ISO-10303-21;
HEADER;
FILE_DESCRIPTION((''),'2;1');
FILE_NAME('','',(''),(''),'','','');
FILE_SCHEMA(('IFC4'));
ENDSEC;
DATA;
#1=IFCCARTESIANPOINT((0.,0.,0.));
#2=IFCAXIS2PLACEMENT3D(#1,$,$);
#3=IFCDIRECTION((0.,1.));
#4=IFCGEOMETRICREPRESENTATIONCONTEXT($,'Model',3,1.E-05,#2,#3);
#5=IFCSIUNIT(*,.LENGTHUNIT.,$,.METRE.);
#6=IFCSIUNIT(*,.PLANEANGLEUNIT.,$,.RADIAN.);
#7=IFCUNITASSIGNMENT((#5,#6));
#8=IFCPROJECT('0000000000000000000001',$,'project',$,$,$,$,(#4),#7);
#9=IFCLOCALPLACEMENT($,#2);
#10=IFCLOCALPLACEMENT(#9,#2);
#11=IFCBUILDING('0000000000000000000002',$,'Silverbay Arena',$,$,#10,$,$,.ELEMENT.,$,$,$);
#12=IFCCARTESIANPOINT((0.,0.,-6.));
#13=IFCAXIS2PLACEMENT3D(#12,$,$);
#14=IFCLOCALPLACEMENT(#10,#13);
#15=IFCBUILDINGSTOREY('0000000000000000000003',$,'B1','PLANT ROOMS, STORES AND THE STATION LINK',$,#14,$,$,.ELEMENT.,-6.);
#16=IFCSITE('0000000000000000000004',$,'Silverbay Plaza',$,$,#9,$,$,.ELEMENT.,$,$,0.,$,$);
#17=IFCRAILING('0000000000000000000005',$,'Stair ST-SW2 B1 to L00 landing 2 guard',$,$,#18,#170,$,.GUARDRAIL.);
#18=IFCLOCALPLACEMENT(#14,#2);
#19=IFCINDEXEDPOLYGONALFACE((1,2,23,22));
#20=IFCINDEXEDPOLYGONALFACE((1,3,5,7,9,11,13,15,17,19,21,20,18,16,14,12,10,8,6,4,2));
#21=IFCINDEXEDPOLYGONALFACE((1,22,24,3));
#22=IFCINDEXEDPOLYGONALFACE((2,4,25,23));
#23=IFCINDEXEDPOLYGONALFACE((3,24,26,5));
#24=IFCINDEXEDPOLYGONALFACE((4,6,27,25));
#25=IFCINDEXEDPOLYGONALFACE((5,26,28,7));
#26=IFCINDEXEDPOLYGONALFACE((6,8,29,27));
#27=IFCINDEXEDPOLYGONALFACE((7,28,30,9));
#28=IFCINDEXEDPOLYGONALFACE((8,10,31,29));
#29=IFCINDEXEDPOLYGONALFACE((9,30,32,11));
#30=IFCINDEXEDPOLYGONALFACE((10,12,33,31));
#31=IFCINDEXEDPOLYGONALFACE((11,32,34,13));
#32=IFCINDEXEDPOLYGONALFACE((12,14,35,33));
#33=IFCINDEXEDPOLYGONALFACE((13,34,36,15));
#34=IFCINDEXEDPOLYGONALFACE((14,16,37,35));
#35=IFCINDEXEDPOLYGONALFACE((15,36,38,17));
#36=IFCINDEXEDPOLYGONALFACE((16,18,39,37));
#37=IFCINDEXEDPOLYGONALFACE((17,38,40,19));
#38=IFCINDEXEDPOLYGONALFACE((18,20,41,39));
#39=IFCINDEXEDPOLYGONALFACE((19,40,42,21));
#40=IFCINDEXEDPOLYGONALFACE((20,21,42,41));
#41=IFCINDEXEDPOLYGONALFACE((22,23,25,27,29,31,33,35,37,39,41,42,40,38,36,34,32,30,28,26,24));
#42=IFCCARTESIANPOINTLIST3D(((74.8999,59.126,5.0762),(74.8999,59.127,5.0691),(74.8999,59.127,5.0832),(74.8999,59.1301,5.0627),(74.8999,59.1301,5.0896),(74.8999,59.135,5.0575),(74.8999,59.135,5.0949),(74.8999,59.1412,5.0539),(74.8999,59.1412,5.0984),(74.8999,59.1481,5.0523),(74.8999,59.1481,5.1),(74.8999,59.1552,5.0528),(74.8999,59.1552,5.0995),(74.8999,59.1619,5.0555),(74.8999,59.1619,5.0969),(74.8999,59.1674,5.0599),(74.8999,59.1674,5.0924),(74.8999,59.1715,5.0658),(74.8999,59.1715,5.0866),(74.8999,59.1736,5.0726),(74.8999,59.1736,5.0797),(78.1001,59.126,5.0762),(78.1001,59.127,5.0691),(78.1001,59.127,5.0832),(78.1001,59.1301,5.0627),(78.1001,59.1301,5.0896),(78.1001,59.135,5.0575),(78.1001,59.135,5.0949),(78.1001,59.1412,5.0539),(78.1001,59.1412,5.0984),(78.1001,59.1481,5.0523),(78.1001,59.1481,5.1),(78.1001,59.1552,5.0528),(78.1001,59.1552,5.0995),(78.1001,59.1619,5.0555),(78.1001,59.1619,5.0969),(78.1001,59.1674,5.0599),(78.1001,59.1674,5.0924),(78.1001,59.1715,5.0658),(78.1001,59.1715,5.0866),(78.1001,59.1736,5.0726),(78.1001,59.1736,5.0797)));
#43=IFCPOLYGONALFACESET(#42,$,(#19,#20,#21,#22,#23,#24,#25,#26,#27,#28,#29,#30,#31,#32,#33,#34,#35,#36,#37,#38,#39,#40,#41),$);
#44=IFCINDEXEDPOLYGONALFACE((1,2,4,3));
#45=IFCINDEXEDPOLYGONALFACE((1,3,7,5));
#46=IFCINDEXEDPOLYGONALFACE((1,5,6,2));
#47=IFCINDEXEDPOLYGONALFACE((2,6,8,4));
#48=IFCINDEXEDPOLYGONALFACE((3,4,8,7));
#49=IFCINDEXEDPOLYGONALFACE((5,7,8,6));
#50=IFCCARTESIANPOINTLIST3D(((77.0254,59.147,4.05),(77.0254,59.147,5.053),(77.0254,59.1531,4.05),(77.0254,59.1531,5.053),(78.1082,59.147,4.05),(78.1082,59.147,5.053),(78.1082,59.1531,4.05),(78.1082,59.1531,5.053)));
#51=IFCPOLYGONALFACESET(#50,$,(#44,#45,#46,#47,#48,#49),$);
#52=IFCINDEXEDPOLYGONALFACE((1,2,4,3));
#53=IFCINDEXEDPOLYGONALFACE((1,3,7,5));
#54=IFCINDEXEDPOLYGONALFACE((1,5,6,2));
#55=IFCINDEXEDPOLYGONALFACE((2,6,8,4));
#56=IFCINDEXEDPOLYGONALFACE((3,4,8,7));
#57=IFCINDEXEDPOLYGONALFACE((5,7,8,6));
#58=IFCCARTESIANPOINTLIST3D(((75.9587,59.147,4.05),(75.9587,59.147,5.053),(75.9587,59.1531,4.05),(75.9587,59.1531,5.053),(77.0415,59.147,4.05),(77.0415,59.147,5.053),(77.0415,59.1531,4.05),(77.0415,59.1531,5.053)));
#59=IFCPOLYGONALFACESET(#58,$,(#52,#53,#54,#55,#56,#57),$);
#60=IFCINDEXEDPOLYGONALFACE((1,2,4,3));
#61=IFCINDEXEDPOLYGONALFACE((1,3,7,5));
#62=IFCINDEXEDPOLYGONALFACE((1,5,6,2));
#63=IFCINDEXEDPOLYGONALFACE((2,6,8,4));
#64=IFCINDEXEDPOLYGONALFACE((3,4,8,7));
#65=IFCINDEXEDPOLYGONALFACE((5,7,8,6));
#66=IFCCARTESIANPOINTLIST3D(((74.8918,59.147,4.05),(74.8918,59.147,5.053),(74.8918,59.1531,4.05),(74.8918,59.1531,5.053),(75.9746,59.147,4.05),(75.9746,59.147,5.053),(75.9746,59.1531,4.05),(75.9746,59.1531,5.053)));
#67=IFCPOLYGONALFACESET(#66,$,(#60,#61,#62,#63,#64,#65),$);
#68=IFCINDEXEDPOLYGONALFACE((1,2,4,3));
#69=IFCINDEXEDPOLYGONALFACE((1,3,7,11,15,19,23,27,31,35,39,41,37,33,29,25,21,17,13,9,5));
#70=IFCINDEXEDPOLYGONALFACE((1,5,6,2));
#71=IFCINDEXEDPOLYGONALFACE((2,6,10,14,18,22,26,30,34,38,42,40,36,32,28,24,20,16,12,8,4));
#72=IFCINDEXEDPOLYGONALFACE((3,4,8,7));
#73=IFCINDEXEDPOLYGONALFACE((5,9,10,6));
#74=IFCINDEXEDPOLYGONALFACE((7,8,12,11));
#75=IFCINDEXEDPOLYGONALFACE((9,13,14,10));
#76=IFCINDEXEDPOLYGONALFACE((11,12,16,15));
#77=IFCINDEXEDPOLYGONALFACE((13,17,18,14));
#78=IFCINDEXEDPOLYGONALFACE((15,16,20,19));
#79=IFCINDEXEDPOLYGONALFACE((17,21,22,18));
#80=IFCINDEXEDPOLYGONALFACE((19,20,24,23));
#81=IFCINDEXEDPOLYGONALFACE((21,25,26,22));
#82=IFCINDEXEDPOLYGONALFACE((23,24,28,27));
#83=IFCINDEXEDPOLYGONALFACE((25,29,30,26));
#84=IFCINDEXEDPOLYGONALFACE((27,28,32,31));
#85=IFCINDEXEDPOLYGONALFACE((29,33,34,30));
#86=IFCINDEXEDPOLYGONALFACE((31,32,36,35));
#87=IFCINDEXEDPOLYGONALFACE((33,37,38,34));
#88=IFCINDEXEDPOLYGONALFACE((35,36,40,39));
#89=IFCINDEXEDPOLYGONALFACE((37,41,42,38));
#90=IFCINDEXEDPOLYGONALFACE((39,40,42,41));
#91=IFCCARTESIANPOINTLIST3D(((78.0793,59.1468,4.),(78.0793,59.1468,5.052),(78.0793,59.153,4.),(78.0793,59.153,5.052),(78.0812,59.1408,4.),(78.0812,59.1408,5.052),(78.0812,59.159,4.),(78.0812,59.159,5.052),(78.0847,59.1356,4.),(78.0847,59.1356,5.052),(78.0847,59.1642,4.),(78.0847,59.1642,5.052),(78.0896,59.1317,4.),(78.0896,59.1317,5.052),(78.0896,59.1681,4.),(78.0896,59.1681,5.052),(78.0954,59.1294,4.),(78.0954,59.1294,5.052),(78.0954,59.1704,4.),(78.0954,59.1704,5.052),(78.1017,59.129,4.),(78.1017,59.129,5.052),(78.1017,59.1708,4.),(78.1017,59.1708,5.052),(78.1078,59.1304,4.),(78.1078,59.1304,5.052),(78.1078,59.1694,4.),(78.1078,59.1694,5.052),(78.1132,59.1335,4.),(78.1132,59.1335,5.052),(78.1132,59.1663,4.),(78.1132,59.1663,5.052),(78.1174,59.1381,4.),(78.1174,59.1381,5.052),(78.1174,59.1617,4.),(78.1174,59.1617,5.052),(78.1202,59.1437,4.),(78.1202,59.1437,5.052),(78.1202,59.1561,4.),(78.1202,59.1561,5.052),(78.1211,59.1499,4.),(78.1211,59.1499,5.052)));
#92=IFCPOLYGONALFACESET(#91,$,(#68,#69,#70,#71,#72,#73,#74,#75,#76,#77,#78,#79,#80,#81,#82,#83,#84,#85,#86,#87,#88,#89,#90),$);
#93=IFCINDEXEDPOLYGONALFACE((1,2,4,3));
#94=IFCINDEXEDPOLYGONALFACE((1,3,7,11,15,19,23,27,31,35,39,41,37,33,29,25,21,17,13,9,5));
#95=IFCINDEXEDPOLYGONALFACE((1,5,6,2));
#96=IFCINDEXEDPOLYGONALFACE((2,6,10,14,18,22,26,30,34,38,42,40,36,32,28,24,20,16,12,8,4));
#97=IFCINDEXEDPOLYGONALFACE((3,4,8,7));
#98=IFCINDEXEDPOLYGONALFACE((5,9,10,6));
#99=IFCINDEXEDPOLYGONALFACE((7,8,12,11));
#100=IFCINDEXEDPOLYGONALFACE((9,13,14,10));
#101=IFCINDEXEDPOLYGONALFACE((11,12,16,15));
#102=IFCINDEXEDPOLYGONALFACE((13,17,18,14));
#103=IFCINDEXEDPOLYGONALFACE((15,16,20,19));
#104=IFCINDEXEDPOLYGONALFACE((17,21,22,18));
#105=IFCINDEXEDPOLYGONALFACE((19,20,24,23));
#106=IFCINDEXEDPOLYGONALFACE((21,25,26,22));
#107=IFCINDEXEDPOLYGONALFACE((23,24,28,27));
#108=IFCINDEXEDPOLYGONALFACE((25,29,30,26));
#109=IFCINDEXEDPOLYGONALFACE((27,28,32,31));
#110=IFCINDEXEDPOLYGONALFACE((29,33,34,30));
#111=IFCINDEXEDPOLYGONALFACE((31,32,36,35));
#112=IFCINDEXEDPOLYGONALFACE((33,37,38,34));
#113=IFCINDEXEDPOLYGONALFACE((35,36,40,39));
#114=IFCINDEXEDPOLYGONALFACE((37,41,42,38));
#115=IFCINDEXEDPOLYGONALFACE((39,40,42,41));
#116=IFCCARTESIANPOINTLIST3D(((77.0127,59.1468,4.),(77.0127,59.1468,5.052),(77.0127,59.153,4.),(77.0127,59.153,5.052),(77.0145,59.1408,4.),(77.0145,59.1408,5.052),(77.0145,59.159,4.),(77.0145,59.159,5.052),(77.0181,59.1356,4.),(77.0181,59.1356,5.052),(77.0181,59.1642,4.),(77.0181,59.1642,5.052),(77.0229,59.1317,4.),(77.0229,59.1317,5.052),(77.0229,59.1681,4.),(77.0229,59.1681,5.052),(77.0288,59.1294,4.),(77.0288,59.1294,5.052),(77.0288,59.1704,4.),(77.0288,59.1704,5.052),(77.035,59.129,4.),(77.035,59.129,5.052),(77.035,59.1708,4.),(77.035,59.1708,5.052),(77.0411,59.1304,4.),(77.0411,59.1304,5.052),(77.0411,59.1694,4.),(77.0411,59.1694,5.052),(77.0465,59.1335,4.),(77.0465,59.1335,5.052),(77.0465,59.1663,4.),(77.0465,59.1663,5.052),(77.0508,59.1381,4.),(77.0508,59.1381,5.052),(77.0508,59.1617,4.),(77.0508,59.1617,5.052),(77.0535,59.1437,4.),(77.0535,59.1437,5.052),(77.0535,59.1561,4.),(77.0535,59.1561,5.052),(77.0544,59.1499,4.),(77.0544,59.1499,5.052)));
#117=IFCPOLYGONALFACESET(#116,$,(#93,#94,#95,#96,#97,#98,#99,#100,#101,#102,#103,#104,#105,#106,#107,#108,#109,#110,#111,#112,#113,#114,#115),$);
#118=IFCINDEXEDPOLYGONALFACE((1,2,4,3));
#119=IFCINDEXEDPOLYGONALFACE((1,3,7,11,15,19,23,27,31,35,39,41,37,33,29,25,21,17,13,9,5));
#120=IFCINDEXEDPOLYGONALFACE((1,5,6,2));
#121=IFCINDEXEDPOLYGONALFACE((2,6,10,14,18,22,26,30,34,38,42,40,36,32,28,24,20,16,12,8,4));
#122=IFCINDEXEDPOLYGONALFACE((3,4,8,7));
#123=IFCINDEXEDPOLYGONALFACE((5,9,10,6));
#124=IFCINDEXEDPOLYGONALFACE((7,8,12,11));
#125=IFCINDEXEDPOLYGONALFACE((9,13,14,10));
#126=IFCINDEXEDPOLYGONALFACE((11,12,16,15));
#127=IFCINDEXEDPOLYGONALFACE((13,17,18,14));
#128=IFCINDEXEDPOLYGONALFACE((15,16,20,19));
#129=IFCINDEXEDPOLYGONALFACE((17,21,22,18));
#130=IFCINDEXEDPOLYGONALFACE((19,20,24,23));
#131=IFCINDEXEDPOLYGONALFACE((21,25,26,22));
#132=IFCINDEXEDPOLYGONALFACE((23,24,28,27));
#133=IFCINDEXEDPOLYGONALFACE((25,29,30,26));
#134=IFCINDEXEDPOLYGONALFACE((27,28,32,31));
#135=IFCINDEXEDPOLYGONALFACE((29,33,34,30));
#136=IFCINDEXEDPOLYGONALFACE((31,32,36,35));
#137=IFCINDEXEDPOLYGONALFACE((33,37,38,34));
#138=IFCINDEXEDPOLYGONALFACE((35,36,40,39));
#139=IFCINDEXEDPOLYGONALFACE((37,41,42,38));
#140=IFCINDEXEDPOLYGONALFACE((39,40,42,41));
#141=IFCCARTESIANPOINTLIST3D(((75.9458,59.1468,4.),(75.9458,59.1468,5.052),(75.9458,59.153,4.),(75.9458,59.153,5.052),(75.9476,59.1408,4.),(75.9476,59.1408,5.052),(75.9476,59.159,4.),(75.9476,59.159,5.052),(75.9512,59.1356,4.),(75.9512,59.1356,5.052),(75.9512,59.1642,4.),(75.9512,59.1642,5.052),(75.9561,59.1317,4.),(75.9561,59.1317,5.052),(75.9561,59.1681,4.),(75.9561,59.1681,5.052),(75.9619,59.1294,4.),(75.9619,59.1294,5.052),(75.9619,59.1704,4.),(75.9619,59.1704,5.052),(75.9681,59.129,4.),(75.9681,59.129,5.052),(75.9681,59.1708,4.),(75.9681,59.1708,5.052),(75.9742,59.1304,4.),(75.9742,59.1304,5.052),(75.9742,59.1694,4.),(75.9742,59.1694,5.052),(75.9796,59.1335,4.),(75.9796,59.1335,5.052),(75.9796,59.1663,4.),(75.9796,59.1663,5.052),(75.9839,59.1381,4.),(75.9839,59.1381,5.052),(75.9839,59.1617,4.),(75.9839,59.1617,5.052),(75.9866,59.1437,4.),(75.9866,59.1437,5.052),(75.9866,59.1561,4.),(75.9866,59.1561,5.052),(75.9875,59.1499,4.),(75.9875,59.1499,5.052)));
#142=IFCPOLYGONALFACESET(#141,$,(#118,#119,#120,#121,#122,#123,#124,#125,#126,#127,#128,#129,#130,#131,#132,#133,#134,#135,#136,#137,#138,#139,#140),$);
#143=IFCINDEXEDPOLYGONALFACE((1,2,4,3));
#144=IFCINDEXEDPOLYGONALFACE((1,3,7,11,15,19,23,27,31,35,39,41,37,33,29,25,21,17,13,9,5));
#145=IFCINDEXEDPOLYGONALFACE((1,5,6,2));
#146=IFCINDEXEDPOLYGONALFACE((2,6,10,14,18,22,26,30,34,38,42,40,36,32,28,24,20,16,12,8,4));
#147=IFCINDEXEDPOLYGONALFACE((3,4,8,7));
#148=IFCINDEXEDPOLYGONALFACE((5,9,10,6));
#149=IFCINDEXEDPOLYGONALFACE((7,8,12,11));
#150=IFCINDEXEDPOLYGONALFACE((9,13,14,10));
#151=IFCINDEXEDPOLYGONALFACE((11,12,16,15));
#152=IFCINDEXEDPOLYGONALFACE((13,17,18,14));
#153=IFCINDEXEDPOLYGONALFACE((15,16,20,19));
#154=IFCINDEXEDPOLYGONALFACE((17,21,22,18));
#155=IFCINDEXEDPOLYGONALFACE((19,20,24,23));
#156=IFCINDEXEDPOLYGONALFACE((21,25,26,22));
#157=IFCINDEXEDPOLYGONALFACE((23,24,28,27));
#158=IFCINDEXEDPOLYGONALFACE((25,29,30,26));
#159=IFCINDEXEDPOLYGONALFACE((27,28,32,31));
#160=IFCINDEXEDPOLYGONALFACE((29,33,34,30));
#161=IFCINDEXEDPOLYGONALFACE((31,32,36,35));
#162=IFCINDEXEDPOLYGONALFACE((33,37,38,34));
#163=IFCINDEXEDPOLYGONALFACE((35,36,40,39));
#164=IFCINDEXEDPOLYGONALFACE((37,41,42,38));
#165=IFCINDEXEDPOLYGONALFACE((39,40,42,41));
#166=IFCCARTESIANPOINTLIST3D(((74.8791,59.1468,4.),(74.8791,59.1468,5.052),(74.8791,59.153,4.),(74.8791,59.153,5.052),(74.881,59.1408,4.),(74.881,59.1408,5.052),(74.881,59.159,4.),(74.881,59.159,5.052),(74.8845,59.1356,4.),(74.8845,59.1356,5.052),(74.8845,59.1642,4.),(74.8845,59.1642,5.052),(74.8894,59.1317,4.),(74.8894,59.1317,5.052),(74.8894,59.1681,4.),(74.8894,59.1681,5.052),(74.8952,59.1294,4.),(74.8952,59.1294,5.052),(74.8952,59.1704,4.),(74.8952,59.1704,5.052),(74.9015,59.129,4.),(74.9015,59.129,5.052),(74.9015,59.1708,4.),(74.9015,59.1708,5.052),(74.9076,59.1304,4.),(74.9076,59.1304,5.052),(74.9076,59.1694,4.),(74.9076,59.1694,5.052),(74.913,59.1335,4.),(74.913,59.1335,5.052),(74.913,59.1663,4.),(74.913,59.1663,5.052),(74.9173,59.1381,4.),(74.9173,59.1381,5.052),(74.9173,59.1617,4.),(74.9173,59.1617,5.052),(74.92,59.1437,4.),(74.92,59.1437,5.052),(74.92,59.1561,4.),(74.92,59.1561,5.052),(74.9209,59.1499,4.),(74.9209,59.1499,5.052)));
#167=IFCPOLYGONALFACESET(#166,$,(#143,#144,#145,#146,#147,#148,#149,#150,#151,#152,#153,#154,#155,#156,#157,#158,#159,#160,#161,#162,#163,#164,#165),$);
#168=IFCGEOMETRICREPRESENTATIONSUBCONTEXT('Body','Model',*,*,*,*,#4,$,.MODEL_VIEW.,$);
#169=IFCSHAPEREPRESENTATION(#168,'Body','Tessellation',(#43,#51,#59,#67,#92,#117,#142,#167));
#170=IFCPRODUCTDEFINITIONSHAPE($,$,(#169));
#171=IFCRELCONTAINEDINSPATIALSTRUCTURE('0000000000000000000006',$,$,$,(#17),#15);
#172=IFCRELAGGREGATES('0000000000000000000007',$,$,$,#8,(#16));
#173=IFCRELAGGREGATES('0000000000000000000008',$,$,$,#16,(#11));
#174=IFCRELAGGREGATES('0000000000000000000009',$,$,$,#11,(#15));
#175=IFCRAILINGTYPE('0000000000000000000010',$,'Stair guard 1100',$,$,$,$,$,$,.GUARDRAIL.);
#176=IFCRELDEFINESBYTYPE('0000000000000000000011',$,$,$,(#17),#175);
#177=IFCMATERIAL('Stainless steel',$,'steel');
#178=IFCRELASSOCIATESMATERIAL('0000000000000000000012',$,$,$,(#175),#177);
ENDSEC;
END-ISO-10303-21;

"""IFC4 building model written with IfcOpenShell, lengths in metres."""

from ifc_helpers import new_model, si_unit, direction, frame, origin, origin_2d, place, context, subcontext, project, spatial, polyline, circle, outline, extrude, material, type_object, element, save


model = new_model("IFC4")

# Units and contexts
model_context = context("Model", 3, precision=1e-05, world=origin(), true_north=direction((0.0, 1.0)))
body_context = subcontext(model_context, "Body", "Model", "MODEL_VIEW")
ifc_project = project(units=[si_unit("LENGTHUNIT", "METRE"), si_unit("PLANEANGLEUNIT", "RADIAN")], contexts=[model_context])

# Site, building, storey
site_placement = place(None, origin())
site = spatial("IfcSite", under=ifc_project, at=site_placement, Name="Silverbay Plaza", CompositionType="ELEMENT", RefElevation=0.0)
building_placement = place(site_placement, origin())
building = spatial("IfcBuilding", under=site, at=building_placement, Name="Silverbay Arena", CompositionType="ELEMENT")
storey_placement = place(building_placement, frame((0.0, 0.0, -6.0)))
storey = spatial("IfcBuildingStorey", under=building, at=storey_placement, Name="B1", Description="PLANT ROOMS, STORES AND THE STATION LINK", CompositionType="ELEMENT", Elevation=-6.0)

# Railing
ifc_material_1 = material(Name="Stainless steel", Category="steel")
railing_type_1 = type_object("IfcRailingType", Name="Stair guard 1100", PredefinedType="GUARDRAIL", material=ifc_material_1)
for number, where, name in (
    (1, (78.1001, 59.1499, 4.0), "Stair ST-SW2 B1 to L00 landing 2 guard"),
):
    element("IfcRailing", number, at=place(storey_placement, frame(where)), inside=storey, type_object=railing_type_1, Name=name, PredefinedType="GUARDRAIL", context=body_context, shape_type="SweptSolid", body=[
        extrude(circle(Radius=0.0239, at=origin_2d()), frame((0.0, 0.0, 1.0762), z_axis=(-1.0, 0.0, 0.0), x_axis=(0.0, -1.0, 0.0)), (0.0, 0.0, 1.0), 3.2002),
        extrude(outline(polyline([(-0.0081, 0.05), (1.0747, 0.05), (1.0747, 1.053), (-0.0081, 1.053), (-0.0081, 0.05)])), frame((0.0, -0.0029, 0.0), z_axis=(0.0, 1.0, 0.0), x_axis=(-1.0, 0.0, 0.0)), (0.0, 0.0, 1.0), 0.0061),
        extrude(outline(polyline([(-0.0081, 0.05), (1.0747, 0.05), (1.0747, 1.053), (-0.0081, 1.053), (-0.0081, 0.05)])), frame((-1.0667, -0.0029, 0.0), z_axis=(0.0, 1.0, 0.0), x_axis=(-1.0, 0.0, 0.0)), (0.0, 0.0, 1.0), 0.0061),
        extrude(outline(polyline([(-0.0081, 0.05), (1.0747, 0.05), (1.0747, 1.053), (-0.0081, 1.053), (-0.0081, 0.05)])), frame((-2.1335, -0.0029, 0.0), z_axis=(0.0, 1.0, 0.0), x_axis=(-1.0, 0.0, 0.0)), (0.0, 0.0, 1.0), 0.0061),
        extrude(circle(Radius=0.021, at=origin_2d()), origin(), (0.0, 0.0, 1.0), 1.052),
        extrude(circle(Radius=0.021, at=origin_2d()), frame((-1.0667, 0.0, 0.0)), (0.0, 0.0, 1.0), 1.052),
        extrude(circle(Radius=0.021, at=origin_2d()), frame((-2.1335, 0.0, 0.0)), (0.0, 0.0, 1.0), 1.052),
        extrude(circle(Radius=0.021, at=origin_2d()), frame((-3.2002, 0.0, 0.0)), (0.0, 0.0, 1.0), 1.052),
    ])

save(model, "model.ifc")
